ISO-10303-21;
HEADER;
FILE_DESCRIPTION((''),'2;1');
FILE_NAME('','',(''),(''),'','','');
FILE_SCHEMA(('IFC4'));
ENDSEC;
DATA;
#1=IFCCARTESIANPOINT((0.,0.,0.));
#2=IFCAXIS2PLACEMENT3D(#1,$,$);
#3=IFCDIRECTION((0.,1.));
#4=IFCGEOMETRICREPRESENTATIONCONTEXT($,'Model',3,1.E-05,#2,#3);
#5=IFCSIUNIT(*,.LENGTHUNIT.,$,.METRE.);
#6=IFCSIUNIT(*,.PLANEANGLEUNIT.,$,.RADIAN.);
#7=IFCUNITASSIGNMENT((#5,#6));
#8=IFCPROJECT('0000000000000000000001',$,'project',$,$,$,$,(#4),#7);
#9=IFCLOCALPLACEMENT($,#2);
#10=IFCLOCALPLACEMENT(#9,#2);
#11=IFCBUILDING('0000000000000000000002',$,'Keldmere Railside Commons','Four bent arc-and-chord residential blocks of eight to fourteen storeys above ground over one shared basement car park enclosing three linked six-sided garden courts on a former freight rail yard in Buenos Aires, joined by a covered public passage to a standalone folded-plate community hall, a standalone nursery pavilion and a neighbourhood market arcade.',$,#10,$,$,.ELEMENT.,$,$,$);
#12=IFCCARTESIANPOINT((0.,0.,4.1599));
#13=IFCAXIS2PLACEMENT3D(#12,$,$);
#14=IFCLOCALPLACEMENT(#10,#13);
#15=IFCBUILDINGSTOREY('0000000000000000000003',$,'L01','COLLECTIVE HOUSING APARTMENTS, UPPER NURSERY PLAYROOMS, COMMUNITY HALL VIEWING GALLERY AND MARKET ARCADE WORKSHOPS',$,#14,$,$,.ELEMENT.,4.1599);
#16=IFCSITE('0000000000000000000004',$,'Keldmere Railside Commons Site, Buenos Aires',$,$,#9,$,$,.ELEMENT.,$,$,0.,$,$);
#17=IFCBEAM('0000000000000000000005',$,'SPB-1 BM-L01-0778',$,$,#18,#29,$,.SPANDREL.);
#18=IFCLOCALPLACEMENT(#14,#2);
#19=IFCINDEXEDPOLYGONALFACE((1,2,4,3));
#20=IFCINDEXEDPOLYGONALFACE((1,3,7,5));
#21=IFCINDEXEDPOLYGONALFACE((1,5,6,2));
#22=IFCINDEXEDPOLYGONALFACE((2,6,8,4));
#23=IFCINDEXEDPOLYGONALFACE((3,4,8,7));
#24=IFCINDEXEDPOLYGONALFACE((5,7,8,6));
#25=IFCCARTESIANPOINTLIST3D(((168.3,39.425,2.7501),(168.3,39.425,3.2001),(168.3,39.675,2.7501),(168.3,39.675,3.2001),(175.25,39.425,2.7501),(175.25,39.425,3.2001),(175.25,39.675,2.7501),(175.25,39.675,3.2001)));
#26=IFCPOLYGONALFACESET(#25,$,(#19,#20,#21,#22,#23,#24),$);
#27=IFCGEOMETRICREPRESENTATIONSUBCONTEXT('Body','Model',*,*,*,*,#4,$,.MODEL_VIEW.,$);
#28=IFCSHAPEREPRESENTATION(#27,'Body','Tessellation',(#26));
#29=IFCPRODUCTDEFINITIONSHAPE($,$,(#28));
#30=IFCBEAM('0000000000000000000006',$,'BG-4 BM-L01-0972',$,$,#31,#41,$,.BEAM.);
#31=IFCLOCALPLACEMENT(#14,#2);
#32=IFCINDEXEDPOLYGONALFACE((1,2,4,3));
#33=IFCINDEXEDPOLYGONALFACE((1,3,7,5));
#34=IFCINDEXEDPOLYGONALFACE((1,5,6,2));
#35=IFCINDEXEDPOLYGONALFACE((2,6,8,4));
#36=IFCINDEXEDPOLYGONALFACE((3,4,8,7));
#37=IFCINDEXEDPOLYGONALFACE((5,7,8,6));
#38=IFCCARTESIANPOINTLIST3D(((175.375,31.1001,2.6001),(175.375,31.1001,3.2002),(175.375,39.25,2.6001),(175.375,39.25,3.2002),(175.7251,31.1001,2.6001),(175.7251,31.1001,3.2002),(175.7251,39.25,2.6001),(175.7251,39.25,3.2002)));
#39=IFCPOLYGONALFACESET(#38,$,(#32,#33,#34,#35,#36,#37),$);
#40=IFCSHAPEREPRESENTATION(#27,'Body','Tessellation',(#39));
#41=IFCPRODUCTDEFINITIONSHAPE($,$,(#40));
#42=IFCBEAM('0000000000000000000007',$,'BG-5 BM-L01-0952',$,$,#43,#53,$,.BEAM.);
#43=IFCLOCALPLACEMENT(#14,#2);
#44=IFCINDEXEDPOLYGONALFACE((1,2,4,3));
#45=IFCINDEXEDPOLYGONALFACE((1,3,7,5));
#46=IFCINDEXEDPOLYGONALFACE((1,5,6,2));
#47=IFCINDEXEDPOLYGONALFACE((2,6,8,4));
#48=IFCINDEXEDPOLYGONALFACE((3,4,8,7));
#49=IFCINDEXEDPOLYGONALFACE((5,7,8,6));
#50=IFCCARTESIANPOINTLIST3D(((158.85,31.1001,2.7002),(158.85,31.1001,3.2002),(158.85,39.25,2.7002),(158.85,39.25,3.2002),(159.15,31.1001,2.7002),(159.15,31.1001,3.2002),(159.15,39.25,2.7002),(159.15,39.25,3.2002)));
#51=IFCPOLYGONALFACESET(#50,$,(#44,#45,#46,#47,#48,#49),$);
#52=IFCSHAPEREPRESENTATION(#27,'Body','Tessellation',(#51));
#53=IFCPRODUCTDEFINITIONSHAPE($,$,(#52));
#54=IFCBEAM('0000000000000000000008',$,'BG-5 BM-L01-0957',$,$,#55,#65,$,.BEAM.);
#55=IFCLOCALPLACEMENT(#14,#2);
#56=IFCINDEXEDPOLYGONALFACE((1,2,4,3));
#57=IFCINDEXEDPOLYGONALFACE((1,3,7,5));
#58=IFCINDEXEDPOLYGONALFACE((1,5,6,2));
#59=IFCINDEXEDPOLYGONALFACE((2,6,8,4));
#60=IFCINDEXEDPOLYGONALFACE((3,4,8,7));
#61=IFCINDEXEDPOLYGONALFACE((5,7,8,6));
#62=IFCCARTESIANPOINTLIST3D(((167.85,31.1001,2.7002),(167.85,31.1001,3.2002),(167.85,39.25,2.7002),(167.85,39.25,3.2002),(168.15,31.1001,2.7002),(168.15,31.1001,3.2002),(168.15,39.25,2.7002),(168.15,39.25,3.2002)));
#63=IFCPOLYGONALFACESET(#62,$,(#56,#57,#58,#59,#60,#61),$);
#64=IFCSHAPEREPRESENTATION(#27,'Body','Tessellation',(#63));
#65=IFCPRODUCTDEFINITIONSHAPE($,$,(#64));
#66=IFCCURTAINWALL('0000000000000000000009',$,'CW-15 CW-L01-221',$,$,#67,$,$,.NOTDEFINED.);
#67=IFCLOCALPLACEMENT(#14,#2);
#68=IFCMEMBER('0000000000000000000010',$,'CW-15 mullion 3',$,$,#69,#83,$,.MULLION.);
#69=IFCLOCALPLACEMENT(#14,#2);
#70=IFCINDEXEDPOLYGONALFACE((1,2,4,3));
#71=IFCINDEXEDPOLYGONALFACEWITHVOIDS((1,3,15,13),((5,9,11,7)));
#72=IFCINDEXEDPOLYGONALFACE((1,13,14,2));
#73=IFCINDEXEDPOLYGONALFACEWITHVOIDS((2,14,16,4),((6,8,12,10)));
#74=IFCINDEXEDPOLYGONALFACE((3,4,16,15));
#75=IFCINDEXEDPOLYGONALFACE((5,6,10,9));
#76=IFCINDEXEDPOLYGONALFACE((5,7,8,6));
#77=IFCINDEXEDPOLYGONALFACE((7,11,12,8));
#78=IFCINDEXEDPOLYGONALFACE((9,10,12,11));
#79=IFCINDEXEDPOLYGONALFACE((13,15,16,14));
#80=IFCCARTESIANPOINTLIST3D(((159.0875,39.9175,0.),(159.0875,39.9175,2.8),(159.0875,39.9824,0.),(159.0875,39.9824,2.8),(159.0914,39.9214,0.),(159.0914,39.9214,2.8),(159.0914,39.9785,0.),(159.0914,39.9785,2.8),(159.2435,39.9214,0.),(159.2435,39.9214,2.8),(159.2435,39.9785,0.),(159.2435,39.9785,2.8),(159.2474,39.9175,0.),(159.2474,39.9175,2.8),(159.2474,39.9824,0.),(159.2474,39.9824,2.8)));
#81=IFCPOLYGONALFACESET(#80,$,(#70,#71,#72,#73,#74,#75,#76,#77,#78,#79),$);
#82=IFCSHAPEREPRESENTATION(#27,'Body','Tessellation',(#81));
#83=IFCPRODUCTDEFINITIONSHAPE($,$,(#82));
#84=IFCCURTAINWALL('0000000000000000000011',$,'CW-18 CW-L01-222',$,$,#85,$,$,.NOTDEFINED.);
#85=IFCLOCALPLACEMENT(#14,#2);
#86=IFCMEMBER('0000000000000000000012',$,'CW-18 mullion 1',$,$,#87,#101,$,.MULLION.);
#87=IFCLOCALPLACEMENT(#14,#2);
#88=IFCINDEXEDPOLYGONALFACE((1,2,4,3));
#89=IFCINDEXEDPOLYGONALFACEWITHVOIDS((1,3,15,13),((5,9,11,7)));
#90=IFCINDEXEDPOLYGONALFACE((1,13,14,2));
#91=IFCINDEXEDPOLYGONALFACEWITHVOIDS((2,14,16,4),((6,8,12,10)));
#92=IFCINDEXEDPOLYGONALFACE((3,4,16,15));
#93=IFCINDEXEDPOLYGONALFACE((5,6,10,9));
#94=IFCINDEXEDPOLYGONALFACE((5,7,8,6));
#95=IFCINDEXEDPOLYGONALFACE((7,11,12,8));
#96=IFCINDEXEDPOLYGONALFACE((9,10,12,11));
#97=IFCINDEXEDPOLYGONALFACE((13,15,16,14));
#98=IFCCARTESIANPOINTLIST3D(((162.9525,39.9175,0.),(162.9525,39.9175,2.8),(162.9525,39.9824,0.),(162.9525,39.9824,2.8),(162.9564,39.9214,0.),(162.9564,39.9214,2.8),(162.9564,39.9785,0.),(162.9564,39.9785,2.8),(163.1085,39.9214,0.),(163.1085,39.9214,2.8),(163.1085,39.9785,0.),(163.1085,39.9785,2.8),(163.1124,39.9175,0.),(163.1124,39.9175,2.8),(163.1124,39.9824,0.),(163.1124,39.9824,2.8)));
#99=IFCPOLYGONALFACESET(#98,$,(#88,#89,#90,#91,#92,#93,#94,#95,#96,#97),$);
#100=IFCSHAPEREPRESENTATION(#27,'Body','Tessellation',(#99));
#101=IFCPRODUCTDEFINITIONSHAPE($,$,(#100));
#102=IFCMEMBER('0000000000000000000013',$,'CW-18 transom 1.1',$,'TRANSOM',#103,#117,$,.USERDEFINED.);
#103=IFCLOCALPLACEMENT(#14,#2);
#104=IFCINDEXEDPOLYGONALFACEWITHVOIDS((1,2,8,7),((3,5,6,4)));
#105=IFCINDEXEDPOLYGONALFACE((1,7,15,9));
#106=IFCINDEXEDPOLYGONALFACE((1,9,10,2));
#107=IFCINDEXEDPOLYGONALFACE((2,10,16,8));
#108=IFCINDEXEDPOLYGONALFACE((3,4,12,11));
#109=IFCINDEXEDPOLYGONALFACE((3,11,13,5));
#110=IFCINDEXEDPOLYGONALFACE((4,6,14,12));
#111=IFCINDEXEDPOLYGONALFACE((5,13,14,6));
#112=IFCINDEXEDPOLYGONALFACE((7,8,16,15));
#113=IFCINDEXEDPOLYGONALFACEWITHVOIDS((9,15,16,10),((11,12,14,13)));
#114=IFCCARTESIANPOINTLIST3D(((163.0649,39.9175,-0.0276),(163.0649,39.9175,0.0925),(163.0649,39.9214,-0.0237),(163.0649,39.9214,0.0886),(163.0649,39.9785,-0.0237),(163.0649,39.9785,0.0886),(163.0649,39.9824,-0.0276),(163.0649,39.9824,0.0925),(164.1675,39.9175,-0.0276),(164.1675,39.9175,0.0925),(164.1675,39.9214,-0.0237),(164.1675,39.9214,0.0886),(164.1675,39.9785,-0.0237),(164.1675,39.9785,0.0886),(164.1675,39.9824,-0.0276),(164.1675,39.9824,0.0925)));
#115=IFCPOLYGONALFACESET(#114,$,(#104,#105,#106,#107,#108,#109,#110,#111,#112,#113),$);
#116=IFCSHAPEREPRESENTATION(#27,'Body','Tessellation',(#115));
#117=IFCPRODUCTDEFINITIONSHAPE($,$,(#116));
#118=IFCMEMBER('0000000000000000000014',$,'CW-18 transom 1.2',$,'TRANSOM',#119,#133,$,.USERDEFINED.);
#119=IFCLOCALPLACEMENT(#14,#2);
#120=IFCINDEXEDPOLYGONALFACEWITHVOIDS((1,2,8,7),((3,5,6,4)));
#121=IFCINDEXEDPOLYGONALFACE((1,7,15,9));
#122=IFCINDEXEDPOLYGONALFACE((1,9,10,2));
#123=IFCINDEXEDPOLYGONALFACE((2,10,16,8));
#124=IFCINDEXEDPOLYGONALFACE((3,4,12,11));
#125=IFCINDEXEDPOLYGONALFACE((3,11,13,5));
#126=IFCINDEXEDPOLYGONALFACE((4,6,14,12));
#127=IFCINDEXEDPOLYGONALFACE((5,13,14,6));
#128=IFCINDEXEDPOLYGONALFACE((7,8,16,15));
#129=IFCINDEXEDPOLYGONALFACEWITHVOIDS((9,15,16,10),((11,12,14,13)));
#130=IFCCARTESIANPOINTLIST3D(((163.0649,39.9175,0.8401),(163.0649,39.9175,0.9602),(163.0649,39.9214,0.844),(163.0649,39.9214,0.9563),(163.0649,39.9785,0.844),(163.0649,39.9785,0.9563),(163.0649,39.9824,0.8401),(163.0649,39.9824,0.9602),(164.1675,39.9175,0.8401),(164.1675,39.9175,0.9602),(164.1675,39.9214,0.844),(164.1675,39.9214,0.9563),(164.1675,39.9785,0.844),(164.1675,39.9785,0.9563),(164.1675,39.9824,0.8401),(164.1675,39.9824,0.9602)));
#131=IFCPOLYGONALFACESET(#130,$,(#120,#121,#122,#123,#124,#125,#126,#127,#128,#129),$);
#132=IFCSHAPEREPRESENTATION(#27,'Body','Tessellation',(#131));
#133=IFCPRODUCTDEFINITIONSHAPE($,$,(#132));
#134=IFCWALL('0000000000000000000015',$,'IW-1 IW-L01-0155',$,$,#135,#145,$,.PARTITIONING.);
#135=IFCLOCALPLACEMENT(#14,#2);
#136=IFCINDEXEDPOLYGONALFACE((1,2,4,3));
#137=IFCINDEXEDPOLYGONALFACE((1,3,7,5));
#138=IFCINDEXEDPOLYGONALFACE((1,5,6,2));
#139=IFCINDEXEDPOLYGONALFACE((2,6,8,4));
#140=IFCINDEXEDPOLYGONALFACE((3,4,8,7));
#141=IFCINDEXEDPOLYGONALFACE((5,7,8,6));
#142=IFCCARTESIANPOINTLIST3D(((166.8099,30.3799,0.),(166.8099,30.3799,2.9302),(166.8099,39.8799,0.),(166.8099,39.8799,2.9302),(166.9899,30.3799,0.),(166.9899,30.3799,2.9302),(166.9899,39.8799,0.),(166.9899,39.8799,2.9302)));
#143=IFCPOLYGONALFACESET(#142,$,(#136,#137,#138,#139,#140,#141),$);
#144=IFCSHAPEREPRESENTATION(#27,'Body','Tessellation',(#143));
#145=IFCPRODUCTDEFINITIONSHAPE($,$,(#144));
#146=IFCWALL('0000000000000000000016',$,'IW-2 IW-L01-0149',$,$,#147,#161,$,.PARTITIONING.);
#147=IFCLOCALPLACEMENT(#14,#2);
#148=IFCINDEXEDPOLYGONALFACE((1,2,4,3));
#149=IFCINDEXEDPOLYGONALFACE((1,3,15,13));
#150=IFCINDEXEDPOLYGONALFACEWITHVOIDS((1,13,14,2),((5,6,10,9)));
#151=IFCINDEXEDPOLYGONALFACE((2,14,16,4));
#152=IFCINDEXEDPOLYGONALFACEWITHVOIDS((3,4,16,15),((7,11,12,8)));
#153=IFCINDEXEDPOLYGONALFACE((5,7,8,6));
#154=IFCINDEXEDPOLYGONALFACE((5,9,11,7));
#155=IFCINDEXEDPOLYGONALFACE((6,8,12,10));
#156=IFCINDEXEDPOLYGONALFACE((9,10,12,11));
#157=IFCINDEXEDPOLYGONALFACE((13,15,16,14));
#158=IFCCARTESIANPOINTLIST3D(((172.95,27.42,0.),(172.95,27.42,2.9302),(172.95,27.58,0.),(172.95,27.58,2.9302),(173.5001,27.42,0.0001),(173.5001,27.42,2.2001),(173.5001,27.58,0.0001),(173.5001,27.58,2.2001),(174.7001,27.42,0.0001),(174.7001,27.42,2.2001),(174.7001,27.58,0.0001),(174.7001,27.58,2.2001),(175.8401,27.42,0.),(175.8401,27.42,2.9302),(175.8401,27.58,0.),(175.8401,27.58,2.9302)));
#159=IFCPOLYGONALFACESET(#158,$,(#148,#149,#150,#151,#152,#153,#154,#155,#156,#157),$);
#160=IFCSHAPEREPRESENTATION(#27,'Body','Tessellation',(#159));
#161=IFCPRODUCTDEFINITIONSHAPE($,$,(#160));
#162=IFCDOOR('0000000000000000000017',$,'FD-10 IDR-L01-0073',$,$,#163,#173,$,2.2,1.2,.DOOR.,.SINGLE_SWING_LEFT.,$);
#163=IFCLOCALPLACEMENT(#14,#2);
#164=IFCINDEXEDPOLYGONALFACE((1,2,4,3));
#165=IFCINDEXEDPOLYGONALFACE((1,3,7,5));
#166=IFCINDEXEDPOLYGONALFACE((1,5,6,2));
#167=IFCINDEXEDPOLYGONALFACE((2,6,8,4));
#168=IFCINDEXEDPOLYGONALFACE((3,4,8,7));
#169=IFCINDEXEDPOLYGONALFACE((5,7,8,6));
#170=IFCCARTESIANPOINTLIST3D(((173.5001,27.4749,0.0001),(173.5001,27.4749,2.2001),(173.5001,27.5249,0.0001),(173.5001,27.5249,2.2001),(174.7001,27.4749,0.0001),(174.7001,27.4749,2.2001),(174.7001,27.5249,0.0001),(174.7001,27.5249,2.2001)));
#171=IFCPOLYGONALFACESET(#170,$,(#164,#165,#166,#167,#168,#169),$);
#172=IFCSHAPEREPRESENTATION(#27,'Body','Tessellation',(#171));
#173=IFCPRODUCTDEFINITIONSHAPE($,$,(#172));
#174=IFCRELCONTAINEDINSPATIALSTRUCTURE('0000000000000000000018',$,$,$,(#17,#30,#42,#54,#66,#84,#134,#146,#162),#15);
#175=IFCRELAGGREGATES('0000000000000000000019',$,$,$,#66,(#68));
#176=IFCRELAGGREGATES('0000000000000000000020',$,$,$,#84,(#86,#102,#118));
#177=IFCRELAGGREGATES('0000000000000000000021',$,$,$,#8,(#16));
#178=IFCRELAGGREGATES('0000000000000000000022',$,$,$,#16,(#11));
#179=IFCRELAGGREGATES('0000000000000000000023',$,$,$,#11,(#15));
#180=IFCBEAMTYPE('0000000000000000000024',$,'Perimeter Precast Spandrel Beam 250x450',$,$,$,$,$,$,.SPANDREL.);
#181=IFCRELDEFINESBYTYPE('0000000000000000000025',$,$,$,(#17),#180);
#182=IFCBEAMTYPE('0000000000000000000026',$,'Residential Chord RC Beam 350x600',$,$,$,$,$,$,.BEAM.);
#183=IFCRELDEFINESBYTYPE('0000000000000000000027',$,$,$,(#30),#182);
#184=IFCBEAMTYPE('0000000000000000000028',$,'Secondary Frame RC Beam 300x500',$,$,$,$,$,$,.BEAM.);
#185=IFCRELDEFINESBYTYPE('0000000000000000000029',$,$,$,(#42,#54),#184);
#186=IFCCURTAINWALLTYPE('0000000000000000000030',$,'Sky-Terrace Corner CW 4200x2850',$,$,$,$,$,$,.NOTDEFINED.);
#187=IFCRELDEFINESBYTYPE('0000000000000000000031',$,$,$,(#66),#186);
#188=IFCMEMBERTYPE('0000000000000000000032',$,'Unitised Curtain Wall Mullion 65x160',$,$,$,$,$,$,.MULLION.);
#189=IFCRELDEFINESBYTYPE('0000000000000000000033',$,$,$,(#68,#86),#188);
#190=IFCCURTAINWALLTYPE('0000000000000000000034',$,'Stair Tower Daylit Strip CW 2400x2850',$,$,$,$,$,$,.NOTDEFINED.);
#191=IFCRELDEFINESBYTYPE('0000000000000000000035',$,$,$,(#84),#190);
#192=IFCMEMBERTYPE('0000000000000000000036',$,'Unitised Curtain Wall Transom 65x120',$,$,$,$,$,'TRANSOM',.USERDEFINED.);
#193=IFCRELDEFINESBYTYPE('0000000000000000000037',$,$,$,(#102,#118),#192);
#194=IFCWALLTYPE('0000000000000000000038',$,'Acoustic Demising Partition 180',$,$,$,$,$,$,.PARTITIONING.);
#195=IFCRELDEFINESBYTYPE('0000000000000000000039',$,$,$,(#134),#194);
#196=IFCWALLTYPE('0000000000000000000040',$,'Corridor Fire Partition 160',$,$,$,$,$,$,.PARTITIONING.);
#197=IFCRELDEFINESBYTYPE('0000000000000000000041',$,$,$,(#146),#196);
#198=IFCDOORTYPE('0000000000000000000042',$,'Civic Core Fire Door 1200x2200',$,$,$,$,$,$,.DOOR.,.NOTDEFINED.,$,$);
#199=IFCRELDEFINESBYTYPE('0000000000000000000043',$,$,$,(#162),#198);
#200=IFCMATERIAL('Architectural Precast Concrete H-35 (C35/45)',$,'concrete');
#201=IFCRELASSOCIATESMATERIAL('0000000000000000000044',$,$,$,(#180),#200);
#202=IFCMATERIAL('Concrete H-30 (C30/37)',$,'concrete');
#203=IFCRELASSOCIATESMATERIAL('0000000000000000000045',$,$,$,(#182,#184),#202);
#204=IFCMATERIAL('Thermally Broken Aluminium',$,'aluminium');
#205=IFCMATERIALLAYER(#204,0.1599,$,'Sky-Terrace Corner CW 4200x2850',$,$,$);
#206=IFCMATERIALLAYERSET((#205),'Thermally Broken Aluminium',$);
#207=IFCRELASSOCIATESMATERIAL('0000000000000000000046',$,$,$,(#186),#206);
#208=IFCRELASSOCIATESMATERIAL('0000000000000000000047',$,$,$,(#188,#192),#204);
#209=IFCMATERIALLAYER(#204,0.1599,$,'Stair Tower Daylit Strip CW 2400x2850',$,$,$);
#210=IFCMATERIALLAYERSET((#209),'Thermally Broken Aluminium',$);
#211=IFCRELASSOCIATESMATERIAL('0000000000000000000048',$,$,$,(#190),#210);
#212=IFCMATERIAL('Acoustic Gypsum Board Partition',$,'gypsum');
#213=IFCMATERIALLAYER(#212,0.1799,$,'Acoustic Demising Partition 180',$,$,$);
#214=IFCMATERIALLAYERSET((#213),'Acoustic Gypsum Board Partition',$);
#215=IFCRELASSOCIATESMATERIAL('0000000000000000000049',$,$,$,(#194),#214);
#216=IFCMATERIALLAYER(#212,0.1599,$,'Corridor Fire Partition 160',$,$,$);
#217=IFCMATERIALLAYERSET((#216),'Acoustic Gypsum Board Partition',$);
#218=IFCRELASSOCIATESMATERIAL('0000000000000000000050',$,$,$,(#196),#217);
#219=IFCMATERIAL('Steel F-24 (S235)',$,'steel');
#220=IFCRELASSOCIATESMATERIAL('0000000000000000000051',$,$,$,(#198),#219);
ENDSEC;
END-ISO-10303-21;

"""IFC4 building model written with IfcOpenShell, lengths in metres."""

from ifc_helpers import new_model, si_unit, direction, frame, frame_2d, origin, origin_2d, place, context, subcontext, project, spatial, rectangle, hollow_rectangle, extrude, material, layer, layer_set, material_profile, profile_set, type_object, element, fill, aggregate, save


model = new_model("IFC4")

# Units and contexts
model_context = context("Model", 3, precision=1e-05, world=origin(), true_north=direction((0.0, 1.0)))
body_context = subcontext(model_context, "Body", "Model", "MODEL_VIEW")
ifc_project = project(units=[si_unit("LENGTHUNIT", "METRE"), si_unit("PLANEANGLEUNIT", "RADIAN")], contexts=[model_context])

# Site, building, storey
site_placement = place(None, origin())
site = spatial("IfcSite", under=ifc_project, at=site_placement, Name="Keldmere Railside Commons Site, Buenos Aires", CompositionType="ELEMENT", RefElevation=0.0)
building_placement = place(site_placement, origin())
building = spatial("IfcBuilding", under=site, at=building_placement, Name="Keldmere Railside Commons", Description="Four bent arc-and-chord residential blocks of eight to fourteen storeys above ground over one shared basement car park enclosing three linked six-sided garden courts on a former freight rail yard in Buenos Aires, joined by a covered public passage to a standalone folded-plate community hall, a standalone nursery pavilion and a neighbourhood market arcade.", CompositionType="ELEMENT")
storey_placement = place(building_placement, frame((0.0, 0.0, 4.1599)))
storey = spatial("IfcBuildingStorey", under=building, at=storey_placement, Name="L01", Description="COLLECTIVE HOUSING APARTMENTS, UPPER NURSERY PLAYROOMS, COMMUNITY HALL VIEWING GALLERY AND MARKET ARCADE WORKSHOPS", CompositionType="ELEMENT", Elevation=4.1599)

# Beams
ifc_material_1 = material(Name="Architectural Precast Concrete H-35 (C35/45)", Category="concrete")
ifc_material_profile_1 = material_profile(ifc_material_1, rectangle(XDim=0.25, YDim=0.45, at=origin_2d()), Name="RC-250x450")
ifc_profile_set_1 = profile_set([ifc_material_profile_1], Name="Architectural Precast Concrete H-35 (C35/45)")
beam_type_1 = type_object("IfcBeamType", Name="Perimeter Precast Spandrel Beam 250x450", PredefinedType="SPANDREL", material=ifc_profile_set_1)
beam_1_placement = place(storey_placement, frame((168.3, 39.55, 2.9751), z_axis=(1.0, 0.0, 0.0), x_axis=(0.0, 1.0, 0.0)))
element("IfcBeam", 1, at=beam_1_placement, inside=storey, type_object=beam_type_1, Name="SPB-1 BM-L01-0778", PredefinedType="SPANDREL", context=body_context, shape_type="SweptSolid", body=[
    extrude(rectangle(XDim=0.25, YDim=0.45, at=origin_2d()), origin(), (0.0, 0.0, 1.0), 6.95),
])
ifc_material_2 = material(Name="Concrete H-30 (C30/37)", Category="concrete")
ifc_material_profile_2 = material_profile(ifc_material_2, rectangle(XDim=0.3501, YDim=0.6001, at=origin_2d()), Name="RC-350x600")
ifc_profile_set_2 = profile_set([ifc_material_profile_2], Name="Concrete H-30 (C30/37)")
beam_type_2 = type_object("IfcBeamType", Name="Residential Chord RC Beam 350x600", PredefinedType="BEAM", material=ifc_profile_set_2)
beam_2_placement = place(storey_placement, frame((175.55, 31.1001, 2.9001), z_axis=(0.0, 1.0, 0.0), x_axis=(-1.0, 0.0, 0.0)))
element("IfcBeam", 2, at=beam_2_placement, inside=storey, type_object=beam_type_2, Name="BG-4 BM-L01-0972", PredefinedType="BEAM", context=body_context, shape_type="SweptSolid", body=[
    extrude(rectangle(XDim=0.3501, YDim=0.6001, at=origin_2d()), origin(), (0.0, 0.0, 1.0), 8.1499),
])
ifc_material_profile_3 = material_profile(ifc_material_2, rectangle(XDim=0.3, YDim=0.5, at=origin_2d()), Name="RC-300x500")
ifc_profile_set_3 = profile_set([ifc_material_profile_3], Name="Concrete H-30 (C30/37)")
beam_type_3 = type_object("IfcBeamType", Name="Secondary Frame RC Beam 300x500", PredefinedType="BEAM", material=ifc_profile_set_3)
for number, where, z_axis, x_axis, name in (
    (3, (159.0, 31.1001, 2.9502), (0.0, 1.0, 0.0), (-1.0, 0.0, 0.0), "BG-5 BM-L01-0952"),
    (4, (168.0, 31.1001, 2.9502), (0.0, 1.0, 0.0), (-1.0, 0.0, 0.0), "BG-5 BM-L01-0957"),
):
    element("IfcBeam", number, at=place(storey_placement, frame(where, z_axis=z_axis, x_axis=x_axis)), inside=storey, type_object=beam_type_3, Name=name, PredefinedType="BEAM", context=body_context, shape_type="SweptSolid", body=[
        extrude(rectangle(XDim=0.3, YDim=0.5, at=origin_2d()), origin(), (0.0, 0.0, 1.0), 8.1499),
    ])

# Curtain wall, member
ifc_material_3 = material(Name="Thermally Broken Aluminium", Category="aluminium")
ifc_layer_1 = layer(ifc_material_3, 0.1599, Name="Sky-Terrace Corner CW 4200x2850")
ifc_layer_set_1 = layer_set([ifc_layer_1], Name="Thermally Broken Aluminium")
curtain_wall_type_1 = type_object("IfcCurtainWallType", Name="Sky-Terrace Corner CW 4200x2850", PredefinedType="NOTDEFINED", material=ifc_layer_set_1)
curtain_wall_1_placement = place(storey_placement, origin())
curtain_wall_1 = element("IfcCurtainWall", 5, at=curtain_wall_1_placement, inside=storey, type_object=curtain_wall_type_1, Name="CW-15 CW-L01-221", PredefinedType="NOTDEFINED")
ifc_material_profile_4 = material_profile(ifc_material_3, hollow_rectangle(XDim=0.0649, YDim=0.1599, WallThickness=0.0039, at=origin_2d()), Name="ALU-MULL-65x160")
ifc_profile_set_4 = profile_set([ifc_material_profile_4], Name="Thermally Broken Aluminium")
member_type_1 = type_object("IfcMemberType", Name="Unitised Curtain Wall Mullion 65x160", PredefinedType="MULLION", material=ifc_profile_set_4)
member_1_placement = place(storey_placement, frame((159.1675, 39.95, 0.0), z_axis=(0.0, 0.0, 1.0), x_axis=(0.0, 1.0, 0.0)))
member_1 = element("IfcMember", 6, at=member_1_placement, type_object=member_type_1, Name="CW-15 mullion 3", PredefinedType="MULLION", context=body_context, shape_type="SweptSolid", body=[
    extrude(hollow_rectangle(XDim=0.0649, YDim=0.1599, WallThickness=0.0039, at=origin_2d()), origin(), (0.0, 0.0, 1.0), 2.8),
])
aggregate(curtain_wall_1, [member_1])

# Curtain wall, members
ifc_layer_2 = layer(ifc_material_3, 0.1599, Name="Stair Tower Daylit Strip CW 2400x2850")
ifc_layer_set_2 = layer_set([ifc_layer_2], Name="Thermally Broken Aluminium")
curtain_wall_type_2 = type_object("IfcCurtainWallType", Name="Stair Tower Daylit Strip CW 2400x2850", PredefinedType="NOTDEFINED", material=ifc_layer_set_2)
curtain_wall_2_placement = place(storey_placement, origin())
curtain_wall_2 = element("IfcCurtainWall", 7, at=curtain_wall_2_placement, inside=storey, type_object=curtain_wall_type_2, Name="CW-18 CW-L01-222", PredefinedType="NOTDEFINED")
member_2_placement = place(storey_placement, frame((163.0325, 39.95, 0.0), z_axis=(0.0, 0.0, 1.0), x_axis=(0.0, 1.0, 0.0)))
member_2 = element("IfcMember", 8, at=member_2_placement, type_object=member_type_1, Name="CW-18 mullion 1", PredefinedType="MULLION", context=body_context, shape_type="SweptSolid", body=[
    extrude(hollow_rectangle(XDim=0.0649, YDim=0.1599, WallThickness=0.0039, at=origin_2d()), origin(), (0.0, 0.0, 1.0), 2.8),
])
ifc_material_profile_5 = material_profile(ifc_material_3, hollow_rectangle(XDim=0.0649, YDim=0.1201, WallThickness=0.0039, at=origin_2d()), Name="ALU-TRAN-65x120")
ifc_profile_set_5 = profile_set([ifc_material_profile_5], Name="Thermally Broken Aluminium")
member_type_2 = type_object("IfcMemberType", Name="Unitised Curtain Wall Transom 65x120", ElementType="TRANSOM", PredefinedType="USERDEFINED", material=ifc_profile_set_5)
member_3_placement = place(storey_placement, frame((163.0649, 39.95, 0.0325), z_axis=(1.0, 0.0, 0.0), x_axis=(0.0, 1.0, 0.0)))
member_3 = element("IfcMember", 9, at=member_3_placement, type_object=member_type_2, Name="CW-18 transom 1.1", ObjectType="TRANSOM", PredefinedType="USERDEFINED", context=body_context, shape_type="SweptSolid", body=[
    extrude(hollow_rectangle(XDim=0.0649, YDim=0.1201, WallThickness=0.0039, at=origin_2d()), origin(), (0.0, 0.0, 1.0), 1.1025),
])
member_4_placement = place(storey_placement, frame((163.0649, 39.95, 0.9001), z_axis=(1.0, 0.0, 0.0), x_axis=(0.0, 1.0, 0.0)))
member_4 = element("IfcMember", 10, at=member_4_placement, type_object=member_type_2, Name="CW-18 transom 1.2", ObjectType="TRANSOM", PredefinedType="USERDEFINED", context=body_context, shape_type="SweptSolid", body=[
    extrude(hollow_rectangle(XDim=0.0649, YDim=0.1201, WallThickness=0.0039, at=origin_2d()), origin(), (0.0, 0.0, 1.0), 1.1025),
])
aggregate(curtain_wall_2, [member_2, member_3, member_4])

# Wall
ifc_material_4 = material(Name="Acoustic Gypsum Board Partition", Category="gypsum")
ifc_layer_3 = layer(ifc_material_4, 0.1799, Name="Acoustic Demising Partition 180")
ifc_layer_set_3 = layer_set([ifc_layer_3], Name="Acoustic Gypsum Board Partition")
wall_type_1 = type_object("IfcWallType", Name="Acoustic Demising Partition 180", PredefinedType="PARTITIONING", material=ifc_layer_set_3)
wall_1_placement = place(storey_placement, frame((166.8999, 30.3799, 0.0), z_axis=(0.0, 0.0, 1.0), x_axis=(0.0, 1.0, 0.0)))
element("IfcWall", 11, at=wall_1_placement, inside=storey, type_object=wall_type_1, Name="IW-1 IW-L01-0155", PredefinedType="PARTITIONING", context=body_context, shape_type="SweptSolid", body=[
    extrude(rectangle(XDim=9.5, YDim=0.1799, at=frame_2d((4.75, 0.0))), origin(), (0.0, 0.0, 1.0), 2.9302),
])

# Wall, opening, door
ifc_layer_4 = layer(ifc_material_4, 0.1599, Name="Corridor Fire Partition 160")
ifc_layer_set_4 = layer_set([ifc_layer_4], Name="Acoustic Gypsum Board Partition")
wall_type_2 = type_object("IfcWallType", Name="Corridor Fire Partition 160", PredefinedType="PARTITIONING", material=ifc_layer_set_4)
wall_2_placement = place(storey_placement, frame((172.95, 27.5, 0.0), z_axis=(0.0, 0.0, 1.0), x_axis=(1.0, 0.0, 0.0)))
wall_2 = element("IfcWall", 12, at=wall_2_placement, inside=storey, type_object=wall_type_2, Name="IW-2 IW-L01-0149", PredefinedType="PARTITIONING", context=body_context, shape_type="SweptSolid", body=[
    extrude(rectangle(XDim=2.8901, YDim=0.1599, at=frame_2d((1.4451, 0.0))), origin(), (0.0, 0.0, 1.0), 2.9302),
])
opening_placement = place(wall_2_placement, frame((0.55, 0.0, 0.0)))
opening = element("IfcOpeningElement", 13, at=opening_placement, cuts=wall_2, PredefinedType="OPENING", context=body_context, shape_type="SweptSolid", body=[
    extrude(rectangle(XDim=1.2, YDim=2.2, at=frame_2d((0.6001, 1.1001))), frame((0.0, 0.0898, 0.0), z_axis=(0.0, -1.0, 0.0), x_axis=(1.0, 0.0, 0.0)), (0.0, 0.0, 1.0), 0.1799),
])
ifc_material_5 = material(Name="Steel F-24 (S235)", Category="steel")
door_type = type_object("IfcDoorType", Name="Civic Core Fire Door 1200x2200", OperationType="NOTDEFINED", PredefinedType="DOOR", material=ifc_material_5)
door_placement = place(opening_placement, origin())
door = element("IfcDoor", 14, at=door_placement, inside=storey, type_object=door_type, Name="FD-10 IDR-L01-0073", OperationType="SINGLE_SWING_LEFT", OverallHeight=2.2, OverallWidth=1.2, PredefinedType="DOOR", context=body_context, shape_type="SweptSolid", body=[
    extrude(rectangle(XDim=1.2, YDim=2.2, at=frame_2d((0.6001, 1.1001))), frame((0.0, 0.0249, 0.0), z_axis=(0.0, -1.0, 0.0), x_axis=(1.0, 0.0, 0.0)), (0.0, 0.0, 1.0), 0.05),
])
fill(opening, door)

save(model, "model.ifc")
